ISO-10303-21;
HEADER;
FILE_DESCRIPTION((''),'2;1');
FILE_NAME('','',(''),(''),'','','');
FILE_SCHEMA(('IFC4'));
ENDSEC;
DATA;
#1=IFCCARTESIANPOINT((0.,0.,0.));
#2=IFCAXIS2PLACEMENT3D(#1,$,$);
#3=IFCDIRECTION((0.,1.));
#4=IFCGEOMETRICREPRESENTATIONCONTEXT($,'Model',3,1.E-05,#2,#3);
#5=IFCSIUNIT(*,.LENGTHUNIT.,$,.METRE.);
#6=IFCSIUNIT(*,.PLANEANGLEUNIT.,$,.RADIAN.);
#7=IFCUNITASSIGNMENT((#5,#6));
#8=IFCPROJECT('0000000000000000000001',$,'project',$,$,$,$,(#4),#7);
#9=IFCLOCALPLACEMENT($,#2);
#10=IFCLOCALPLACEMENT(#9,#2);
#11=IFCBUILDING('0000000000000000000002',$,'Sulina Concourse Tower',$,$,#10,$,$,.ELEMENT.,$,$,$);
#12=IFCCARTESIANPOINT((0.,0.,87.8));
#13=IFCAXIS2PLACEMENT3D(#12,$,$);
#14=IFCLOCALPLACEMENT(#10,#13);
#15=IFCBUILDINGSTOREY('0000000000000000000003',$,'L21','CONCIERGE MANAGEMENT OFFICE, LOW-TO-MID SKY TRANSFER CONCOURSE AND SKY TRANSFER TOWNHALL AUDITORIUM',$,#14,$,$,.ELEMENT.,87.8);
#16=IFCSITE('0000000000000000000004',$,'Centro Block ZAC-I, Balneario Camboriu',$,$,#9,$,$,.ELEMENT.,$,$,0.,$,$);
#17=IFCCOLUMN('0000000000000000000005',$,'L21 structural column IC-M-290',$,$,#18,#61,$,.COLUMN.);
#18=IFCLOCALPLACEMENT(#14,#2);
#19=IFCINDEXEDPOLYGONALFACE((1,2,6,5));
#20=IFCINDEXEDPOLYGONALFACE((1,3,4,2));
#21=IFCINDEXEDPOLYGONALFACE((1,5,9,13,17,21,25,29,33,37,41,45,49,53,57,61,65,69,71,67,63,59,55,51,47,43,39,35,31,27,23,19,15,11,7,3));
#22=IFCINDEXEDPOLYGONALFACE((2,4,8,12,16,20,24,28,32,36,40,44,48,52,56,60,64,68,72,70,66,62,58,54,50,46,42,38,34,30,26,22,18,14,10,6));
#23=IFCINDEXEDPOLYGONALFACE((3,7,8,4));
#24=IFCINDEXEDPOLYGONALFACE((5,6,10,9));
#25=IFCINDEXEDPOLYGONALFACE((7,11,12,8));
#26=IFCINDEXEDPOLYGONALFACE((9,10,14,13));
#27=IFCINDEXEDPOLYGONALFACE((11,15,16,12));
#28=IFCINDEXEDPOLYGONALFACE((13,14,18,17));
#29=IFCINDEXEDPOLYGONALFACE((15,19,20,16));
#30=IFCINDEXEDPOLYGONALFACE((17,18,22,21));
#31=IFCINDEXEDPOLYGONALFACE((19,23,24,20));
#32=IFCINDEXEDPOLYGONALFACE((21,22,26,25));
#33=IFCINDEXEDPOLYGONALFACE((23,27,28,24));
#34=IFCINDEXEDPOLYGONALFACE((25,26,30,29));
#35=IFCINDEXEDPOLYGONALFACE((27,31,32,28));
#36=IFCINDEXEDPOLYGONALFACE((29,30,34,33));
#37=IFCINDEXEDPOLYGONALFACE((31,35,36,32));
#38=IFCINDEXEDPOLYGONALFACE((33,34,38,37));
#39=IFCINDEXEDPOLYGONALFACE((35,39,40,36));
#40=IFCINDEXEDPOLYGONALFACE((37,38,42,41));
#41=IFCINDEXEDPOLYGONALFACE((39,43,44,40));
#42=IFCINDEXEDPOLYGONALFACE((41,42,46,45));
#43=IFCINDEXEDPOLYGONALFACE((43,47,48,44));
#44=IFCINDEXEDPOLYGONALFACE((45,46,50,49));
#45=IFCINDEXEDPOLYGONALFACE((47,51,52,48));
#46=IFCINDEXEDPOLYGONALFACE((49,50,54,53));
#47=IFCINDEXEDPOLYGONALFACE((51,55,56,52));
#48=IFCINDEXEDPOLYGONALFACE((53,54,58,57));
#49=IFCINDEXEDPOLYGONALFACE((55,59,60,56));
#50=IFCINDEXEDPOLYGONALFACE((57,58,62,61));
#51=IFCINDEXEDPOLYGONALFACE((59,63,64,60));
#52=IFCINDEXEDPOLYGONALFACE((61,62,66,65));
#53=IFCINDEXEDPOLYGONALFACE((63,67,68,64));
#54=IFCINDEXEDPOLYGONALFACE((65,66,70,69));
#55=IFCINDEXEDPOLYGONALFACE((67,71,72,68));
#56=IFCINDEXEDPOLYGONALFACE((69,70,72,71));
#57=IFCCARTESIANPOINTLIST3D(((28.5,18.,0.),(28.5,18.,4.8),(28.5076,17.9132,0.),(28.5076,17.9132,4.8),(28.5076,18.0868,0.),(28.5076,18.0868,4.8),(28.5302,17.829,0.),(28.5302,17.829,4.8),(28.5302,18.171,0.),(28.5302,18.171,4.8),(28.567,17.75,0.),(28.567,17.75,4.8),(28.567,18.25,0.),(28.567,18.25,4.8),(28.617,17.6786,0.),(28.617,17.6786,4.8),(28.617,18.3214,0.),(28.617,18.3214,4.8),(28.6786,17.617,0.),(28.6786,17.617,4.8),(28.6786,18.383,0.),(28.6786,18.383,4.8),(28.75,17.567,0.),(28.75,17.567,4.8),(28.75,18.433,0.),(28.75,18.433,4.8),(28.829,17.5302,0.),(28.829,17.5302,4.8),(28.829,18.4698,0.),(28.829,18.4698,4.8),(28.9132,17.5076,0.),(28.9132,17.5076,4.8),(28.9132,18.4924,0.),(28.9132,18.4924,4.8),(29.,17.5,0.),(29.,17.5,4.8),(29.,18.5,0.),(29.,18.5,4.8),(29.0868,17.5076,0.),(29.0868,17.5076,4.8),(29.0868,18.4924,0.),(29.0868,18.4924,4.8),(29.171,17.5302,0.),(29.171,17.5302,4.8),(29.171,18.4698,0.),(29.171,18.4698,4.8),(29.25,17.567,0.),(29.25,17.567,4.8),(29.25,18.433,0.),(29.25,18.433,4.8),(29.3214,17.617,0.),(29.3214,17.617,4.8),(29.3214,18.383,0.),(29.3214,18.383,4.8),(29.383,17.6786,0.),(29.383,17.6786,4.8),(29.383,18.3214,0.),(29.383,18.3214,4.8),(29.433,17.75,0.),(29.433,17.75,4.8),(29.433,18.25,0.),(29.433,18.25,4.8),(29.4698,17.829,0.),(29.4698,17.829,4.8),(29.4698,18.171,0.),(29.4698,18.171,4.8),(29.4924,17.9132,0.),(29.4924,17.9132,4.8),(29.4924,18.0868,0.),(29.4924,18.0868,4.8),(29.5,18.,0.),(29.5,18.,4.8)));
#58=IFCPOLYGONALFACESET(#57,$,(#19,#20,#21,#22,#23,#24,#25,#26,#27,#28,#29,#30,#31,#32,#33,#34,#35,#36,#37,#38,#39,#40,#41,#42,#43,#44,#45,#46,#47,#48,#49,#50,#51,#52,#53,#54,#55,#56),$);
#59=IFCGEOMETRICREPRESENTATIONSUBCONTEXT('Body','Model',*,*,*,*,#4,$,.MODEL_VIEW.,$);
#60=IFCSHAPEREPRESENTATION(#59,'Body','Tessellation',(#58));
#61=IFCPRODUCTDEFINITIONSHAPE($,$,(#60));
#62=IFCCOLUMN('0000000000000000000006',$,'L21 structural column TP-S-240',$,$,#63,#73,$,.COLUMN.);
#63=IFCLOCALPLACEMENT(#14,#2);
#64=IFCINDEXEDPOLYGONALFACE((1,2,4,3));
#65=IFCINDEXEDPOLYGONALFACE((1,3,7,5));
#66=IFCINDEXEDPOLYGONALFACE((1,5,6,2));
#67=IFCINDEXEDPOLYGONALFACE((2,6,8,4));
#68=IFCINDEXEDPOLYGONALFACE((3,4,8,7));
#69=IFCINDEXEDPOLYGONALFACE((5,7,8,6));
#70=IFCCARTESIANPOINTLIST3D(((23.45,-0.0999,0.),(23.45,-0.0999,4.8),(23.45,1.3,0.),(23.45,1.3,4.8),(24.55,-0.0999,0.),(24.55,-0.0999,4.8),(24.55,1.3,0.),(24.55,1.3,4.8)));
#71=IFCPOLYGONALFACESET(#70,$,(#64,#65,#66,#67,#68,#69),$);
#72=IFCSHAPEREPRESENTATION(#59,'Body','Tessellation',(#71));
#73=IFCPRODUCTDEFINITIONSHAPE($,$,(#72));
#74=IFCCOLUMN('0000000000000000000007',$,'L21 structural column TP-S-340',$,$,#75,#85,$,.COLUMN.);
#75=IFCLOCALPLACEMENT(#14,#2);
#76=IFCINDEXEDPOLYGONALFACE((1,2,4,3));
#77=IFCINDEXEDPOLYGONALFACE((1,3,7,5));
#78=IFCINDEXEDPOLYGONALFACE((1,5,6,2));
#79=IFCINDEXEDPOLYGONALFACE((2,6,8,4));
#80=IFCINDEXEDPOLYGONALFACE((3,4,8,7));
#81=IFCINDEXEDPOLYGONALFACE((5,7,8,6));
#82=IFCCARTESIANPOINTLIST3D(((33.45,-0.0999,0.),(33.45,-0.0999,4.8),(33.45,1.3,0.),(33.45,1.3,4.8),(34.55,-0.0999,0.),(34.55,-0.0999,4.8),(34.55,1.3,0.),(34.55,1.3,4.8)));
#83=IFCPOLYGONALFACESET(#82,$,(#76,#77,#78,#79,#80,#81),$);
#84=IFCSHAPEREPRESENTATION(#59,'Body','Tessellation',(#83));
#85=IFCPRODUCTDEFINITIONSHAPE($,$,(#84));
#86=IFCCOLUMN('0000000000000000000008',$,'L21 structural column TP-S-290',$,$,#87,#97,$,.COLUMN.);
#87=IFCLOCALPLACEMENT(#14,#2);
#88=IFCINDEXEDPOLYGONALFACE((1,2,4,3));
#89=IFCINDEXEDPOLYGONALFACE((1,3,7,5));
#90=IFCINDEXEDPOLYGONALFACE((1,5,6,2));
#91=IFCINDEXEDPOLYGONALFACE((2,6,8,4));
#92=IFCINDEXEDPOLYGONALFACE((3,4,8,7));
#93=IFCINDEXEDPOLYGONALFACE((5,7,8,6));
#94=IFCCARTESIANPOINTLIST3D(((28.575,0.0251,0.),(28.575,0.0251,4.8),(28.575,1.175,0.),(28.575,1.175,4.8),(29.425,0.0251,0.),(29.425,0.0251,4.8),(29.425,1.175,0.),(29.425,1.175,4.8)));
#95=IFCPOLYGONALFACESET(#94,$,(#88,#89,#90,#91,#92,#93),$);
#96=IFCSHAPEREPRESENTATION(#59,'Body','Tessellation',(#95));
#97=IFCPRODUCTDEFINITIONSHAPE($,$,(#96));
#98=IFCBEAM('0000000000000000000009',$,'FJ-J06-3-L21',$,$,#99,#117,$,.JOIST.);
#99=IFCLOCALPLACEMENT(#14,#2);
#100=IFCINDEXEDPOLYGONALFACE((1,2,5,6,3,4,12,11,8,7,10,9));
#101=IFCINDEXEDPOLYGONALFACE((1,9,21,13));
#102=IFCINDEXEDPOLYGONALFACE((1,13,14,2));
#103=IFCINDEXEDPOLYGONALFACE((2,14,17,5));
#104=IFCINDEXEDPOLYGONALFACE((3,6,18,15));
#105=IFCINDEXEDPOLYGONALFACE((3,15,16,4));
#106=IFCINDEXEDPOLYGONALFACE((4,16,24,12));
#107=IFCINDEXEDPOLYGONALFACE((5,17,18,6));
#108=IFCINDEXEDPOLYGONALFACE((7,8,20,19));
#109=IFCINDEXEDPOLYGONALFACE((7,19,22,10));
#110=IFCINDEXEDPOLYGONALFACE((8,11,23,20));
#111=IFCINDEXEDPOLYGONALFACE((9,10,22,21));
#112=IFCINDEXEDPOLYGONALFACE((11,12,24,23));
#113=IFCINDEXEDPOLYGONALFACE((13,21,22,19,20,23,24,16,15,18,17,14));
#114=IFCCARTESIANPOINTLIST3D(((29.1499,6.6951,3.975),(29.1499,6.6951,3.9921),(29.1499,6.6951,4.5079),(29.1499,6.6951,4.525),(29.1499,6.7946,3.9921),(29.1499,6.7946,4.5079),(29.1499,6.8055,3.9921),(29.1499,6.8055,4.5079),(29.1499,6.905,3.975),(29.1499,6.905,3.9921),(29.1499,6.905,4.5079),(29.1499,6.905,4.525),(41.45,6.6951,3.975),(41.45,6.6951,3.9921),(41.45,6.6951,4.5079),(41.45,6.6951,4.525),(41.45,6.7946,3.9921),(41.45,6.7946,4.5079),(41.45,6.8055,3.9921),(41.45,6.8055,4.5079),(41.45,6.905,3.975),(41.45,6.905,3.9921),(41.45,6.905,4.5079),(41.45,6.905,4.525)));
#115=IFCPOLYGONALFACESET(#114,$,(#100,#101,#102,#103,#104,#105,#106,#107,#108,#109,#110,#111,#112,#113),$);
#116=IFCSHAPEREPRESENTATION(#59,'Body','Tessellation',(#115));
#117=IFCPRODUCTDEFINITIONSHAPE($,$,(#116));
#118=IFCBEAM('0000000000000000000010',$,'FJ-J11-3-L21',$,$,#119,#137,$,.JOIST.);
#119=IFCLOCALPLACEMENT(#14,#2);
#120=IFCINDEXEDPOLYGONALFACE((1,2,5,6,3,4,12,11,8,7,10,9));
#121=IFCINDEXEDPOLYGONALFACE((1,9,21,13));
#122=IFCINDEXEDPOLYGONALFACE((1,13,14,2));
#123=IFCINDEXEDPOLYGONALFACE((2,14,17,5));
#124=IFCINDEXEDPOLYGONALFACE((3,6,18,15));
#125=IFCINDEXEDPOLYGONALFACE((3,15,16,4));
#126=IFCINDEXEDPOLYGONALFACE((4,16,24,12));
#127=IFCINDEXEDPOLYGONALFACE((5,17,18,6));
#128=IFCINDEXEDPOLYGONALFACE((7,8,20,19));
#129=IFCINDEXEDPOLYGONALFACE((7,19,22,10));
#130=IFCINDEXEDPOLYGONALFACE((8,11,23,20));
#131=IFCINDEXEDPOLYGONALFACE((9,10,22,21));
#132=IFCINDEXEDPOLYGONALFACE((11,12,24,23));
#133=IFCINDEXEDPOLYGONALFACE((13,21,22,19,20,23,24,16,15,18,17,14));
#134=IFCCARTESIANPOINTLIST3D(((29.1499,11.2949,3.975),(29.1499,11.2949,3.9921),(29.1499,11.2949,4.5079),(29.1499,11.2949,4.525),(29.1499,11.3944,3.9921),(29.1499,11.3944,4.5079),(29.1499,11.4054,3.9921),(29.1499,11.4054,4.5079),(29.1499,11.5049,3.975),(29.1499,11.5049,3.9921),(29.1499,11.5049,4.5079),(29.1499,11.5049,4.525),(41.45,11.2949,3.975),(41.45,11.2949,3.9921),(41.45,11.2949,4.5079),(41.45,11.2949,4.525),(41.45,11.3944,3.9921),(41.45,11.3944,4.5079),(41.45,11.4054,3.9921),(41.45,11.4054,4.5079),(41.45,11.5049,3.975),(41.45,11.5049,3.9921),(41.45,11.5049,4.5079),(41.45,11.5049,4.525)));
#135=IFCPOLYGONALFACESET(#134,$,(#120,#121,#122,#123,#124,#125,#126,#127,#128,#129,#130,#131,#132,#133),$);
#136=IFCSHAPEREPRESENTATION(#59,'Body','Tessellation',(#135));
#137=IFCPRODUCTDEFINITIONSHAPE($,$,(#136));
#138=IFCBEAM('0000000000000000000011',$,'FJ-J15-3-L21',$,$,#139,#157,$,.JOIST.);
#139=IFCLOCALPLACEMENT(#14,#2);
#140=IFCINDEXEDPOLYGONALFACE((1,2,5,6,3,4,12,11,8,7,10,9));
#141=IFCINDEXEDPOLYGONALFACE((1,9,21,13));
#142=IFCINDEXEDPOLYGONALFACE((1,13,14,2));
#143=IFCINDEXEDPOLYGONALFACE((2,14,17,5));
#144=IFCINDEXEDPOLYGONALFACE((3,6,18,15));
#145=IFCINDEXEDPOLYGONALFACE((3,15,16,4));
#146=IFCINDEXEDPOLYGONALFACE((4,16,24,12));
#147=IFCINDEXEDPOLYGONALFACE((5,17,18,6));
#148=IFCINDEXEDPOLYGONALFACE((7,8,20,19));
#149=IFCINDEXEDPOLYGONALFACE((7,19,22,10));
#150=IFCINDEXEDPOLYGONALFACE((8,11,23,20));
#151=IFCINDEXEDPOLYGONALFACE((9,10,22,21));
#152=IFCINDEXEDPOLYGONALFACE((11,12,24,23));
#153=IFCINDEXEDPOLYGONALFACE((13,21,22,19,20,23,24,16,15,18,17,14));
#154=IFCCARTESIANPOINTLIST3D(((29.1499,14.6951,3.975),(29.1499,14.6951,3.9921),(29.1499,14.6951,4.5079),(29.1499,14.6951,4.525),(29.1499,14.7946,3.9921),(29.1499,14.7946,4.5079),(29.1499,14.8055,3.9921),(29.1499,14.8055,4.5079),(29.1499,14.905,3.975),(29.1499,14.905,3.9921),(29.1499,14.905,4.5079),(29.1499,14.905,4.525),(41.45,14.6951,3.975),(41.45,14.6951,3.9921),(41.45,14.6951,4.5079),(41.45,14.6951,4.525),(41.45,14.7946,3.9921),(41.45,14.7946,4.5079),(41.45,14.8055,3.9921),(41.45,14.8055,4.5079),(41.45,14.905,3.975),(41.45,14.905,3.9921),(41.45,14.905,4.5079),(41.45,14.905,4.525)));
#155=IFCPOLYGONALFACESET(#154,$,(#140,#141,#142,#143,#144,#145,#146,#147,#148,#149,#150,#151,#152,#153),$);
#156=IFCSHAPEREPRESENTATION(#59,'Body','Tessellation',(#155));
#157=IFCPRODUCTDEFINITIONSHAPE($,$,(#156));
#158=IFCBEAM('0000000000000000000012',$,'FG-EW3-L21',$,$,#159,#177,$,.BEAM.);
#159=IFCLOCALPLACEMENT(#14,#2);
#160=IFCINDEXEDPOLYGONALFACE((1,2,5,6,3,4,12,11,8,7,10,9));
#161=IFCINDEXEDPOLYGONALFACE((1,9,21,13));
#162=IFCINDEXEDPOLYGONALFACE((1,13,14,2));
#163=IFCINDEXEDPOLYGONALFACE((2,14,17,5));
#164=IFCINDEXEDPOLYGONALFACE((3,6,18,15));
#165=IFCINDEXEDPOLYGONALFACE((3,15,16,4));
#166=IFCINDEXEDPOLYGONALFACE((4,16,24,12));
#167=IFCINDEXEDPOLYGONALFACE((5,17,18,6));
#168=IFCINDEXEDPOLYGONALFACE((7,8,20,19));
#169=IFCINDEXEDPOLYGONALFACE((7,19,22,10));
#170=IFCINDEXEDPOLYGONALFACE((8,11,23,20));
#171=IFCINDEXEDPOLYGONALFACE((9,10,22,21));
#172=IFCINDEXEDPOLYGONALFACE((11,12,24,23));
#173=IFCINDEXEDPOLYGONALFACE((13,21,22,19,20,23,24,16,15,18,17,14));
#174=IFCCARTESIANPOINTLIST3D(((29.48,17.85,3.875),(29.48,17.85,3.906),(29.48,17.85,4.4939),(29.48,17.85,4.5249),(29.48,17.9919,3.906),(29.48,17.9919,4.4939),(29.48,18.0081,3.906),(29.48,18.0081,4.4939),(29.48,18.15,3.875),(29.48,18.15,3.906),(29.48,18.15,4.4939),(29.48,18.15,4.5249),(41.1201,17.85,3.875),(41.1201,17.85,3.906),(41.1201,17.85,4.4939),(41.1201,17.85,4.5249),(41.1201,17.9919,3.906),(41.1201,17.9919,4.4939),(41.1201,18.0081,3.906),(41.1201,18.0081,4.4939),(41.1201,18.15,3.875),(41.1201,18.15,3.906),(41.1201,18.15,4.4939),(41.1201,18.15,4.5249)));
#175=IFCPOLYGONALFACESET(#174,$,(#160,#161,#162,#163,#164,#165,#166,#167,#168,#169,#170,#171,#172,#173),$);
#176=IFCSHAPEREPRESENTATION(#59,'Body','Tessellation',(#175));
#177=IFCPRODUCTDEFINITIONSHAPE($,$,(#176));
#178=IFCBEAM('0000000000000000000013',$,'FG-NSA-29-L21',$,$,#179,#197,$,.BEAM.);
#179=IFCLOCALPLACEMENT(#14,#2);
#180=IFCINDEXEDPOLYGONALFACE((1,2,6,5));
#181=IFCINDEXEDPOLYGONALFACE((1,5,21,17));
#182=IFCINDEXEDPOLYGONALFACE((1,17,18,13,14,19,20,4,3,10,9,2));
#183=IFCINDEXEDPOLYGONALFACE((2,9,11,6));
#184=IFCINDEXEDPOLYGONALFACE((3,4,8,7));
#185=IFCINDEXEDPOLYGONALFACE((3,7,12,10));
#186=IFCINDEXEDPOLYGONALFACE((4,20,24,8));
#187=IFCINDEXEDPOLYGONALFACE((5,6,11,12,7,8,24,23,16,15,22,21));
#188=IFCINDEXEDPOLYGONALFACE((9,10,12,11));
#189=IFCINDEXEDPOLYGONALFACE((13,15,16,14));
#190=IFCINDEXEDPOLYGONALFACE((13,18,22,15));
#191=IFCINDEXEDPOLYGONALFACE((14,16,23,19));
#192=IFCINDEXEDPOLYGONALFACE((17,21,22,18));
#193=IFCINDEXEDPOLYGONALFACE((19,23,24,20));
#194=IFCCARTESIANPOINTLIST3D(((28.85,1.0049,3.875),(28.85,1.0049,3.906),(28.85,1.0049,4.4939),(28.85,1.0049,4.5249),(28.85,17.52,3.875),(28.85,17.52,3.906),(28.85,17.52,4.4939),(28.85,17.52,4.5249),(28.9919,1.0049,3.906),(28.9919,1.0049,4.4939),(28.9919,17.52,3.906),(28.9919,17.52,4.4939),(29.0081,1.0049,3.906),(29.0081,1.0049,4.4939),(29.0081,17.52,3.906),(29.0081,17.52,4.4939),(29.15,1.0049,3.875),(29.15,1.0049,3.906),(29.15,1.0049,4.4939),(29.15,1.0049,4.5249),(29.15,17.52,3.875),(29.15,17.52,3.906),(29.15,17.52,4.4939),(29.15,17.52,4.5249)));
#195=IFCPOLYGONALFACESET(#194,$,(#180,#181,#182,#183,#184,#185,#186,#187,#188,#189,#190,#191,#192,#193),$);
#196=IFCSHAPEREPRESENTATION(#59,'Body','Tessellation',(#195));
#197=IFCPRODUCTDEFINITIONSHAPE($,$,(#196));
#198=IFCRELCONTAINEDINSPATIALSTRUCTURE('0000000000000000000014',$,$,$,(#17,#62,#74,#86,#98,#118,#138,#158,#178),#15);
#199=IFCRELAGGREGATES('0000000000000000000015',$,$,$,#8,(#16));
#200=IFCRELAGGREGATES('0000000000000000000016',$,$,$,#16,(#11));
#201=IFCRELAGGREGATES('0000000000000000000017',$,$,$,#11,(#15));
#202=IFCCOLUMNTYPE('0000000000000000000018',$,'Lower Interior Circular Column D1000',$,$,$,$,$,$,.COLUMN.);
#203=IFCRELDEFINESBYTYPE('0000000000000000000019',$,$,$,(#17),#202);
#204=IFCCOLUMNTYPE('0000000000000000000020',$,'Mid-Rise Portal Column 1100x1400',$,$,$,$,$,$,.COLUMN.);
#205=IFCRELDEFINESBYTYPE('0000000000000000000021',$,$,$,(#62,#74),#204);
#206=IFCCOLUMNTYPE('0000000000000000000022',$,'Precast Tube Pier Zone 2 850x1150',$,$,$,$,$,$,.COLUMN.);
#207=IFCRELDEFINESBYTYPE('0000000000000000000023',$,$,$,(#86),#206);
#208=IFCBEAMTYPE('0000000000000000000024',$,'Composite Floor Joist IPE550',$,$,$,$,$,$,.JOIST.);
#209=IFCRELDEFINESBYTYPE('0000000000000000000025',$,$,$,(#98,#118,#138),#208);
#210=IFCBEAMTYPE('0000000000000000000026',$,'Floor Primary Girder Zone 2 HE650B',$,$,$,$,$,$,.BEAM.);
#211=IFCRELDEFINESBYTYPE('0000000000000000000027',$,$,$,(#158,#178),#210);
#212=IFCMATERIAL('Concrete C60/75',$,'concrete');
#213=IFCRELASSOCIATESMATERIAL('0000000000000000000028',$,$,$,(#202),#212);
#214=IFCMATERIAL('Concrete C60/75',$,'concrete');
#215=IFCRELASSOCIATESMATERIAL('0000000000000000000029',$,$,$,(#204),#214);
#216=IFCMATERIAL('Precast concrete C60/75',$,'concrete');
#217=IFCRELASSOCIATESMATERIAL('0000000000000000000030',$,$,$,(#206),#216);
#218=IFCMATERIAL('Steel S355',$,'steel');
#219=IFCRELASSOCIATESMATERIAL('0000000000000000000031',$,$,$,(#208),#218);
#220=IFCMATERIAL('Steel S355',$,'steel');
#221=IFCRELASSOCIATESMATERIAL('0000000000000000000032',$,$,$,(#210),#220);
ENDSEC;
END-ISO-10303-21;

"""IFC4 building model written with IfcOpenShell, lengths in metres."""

from ifc_helpers import new_model, si_unit, direction, frame, origin, origin_2d, place, context, subcontext, project, spatial, rectangle, circle, i_section, extrude, material, material_profile, profile_set, type_object, element, save


model = new_model("IFC4")

# Units and contexts
model_context = context("Model", 3, precision=1e-05, world=origin(), true_north=direction((0.0, 1.0)))
body_context = subcontext(model_context, "Body", "Model", "MODEL_VIEW")
ifc_project = project(units=[si_unit("LENGTHUNIT", "METRE"), si_unit("PLANEANGLEUNIT", "RADIAN")], contexts=[model_context])

# Site, building, storey
site_placement = place(None, origin())
site = spatial("IfcSite", under=ifc_project, at=site_placement, Name="Centro Block ZAC-I, Balneario Camboriu", CompositionType="ELEMENT", RefElevation=0.0)
building_placement = place(site_placement, origin())
building = spatial("IfcBuilding", under=site, at=building_placement, Name="Sulina Concourse Tower", CompositionType="ELEMENT")
storey_placement = place(building_placement, frame((0.0, 0.0, 87.8)))
storey = spatial("IfcBuildingStorey", under=building, at=storey_placement, Name="L21", Description="CONCIERGE MANAGEMENT OFFICE, LOW-TO-MID SKY TRANSFER CONCOURSE AND SKY TRANSFER TOWNHALL AUDITORIUM", CompositionType="ELEMENT", Elevation=87.8)

# Columns
ifc_material_1 = material(Name="Concrete C60/75", Category="concrete")
ifc_material_profile_1 = material_profile(ifc_material_1, circle(Radius=0.5, at=origin_2d()), Name="RC D1000")
ifc_profile_set_1 = profile_set([ifc_material_profile_1], Name="Concrete C60/75")
column_type_1 = type_object("IfcColumnType", Name="Lower Interior Circular Column D1000", PredefinedType="COLUMN", material=ifc_profile_set_1)
column_1_placement = place(storey_placement, frame((29.0, 18.0, 0.0), z_axis=(0.0, 0.0, 1.0), x_axis=(1.0, 0.0, 0.0)))
element("IfcColumn", 1, at=column_1_placement, inside=storey, type_object=column_type_1, Name="L21 structural column IC-M-290", PredefinedType="COLUMN", context=body_context, shape_type="SweptSolid", body=[
    extrude(circle(Radius=0.5, at=origin_2d()), origin(), (0.0, 0.0, 1.0), 4.8),
])
ifc_material_2 = material(Name="Concrete C60/75", Category="concrete")
ifc_material_profile_2 = material_profile(ifc_material_2, rectangle(XDim=1.1001, YDim=1.3999, at=origin_2d()), Name="RC 1100x1400")
ifc_profile_set_2 = profile_set([ifc_material_profile_2], Name="Concrete C60/75")
column_type_2 = type_object("IfcColumnType", Name="Mid-Rise Portal Column 1100x1400", PredefinedType="COLUMN", material=ifc_profile_set_2)
for number, where, z_axis, x_axis, name in (
    (2, (24.0, 0.6001, 0.0), (0.0, 0.0, 1.0), (1.0, 0.0, 0.0), "L21 structural column TP-S-240"),
    (3, (34.0, 0.6001, 0.0), (0.0, 0.0, 1.0), (1.0, 0.0, 0.0), "L21 structural column TP-S-340"),
):
    element("IfcColumn", number, at=place(storey_placement, frame(where, z_axis=z_axis, x_axis=x_axis)), inside=storey, type_object=column_type_2, Name=name, PredefinedType="COLUMN", context=body_context, shape_type="SweptSolid", body=[
        extrude(rectangle(XDim=1.1001, YDim=1.3999, at=origin_2d()), origin(), (0.0, 0.0, 1.0), 4.8),
    ])
ifc_material_3 = material(Name="Precast concrete C60/75", Category="concrete")
ifc_material_profile_3 = material_profile(ifc_material_3, rectangle(XDim=0.8501, YDim=1.1499, at=origin_2d()), Name="PC 850x1150")
ifc_profile_set_3 = profile_set([ifc_material_profile_3], Name="Precast concrete C60/75")
column_type_3 = type_object("IfcColumnType", Name="Precast Tube Pier Zone 2 850x1150", PredefinedType="COLUMN", material=ifc_profile_set_3)
column_2_placement = place(storey_placement, frame((29.0, 0.6001, 0.0), z_axis=(0.0, 0.0, 1.0), x_axis=(1.0, 0.0, 0.0)))
element("IfcColumn", 4, at=column_2_placement, inside=storey, type_object=column_type_3, Name="L21 structural column TP-S-290", PredefinedType="COLUMN", context=body_context, shape_type="SweptSolid", body=[
    extrude(rectangle(XDim=0.8501, YDim=1.1499, at=origin_2d()), origin(), (0.0, 0.0, 1.0), 4.8),
])

# Beams
ifc_material_4 = material(Name="Steel S355", Category="steel")
ifc_material_profile_4 = material_profile(ifc_material_4, i_section(OverallWidth=0.21, OverallDepth=0.55, WebThickness=0.011, FlangeThickness=0.0171, at=origin_2d()), Name="IPE 550")
ifc_profile_set_4 = profile_set([ifc_material_profile_4], Name="Steel S355")
beam_type_1 = type_object("IfcBeamType", Name="Composite Floor Joist IPE550", PredefinedType="JOIST", material=ifc_profile_set_4)
for number, where, z_axis, x_axis, name in (
    (5, (29.1499, 6.8, 4.25), (1.0, 0.0, 0.0), (0.0, 1.0, 0.0), "FJ-J06-3-L21"),
    (6, (29.1499, 11.3999, 4.25), (1.0, 0.0, 0.0), (0.0, 1.0, 0.0), "FJ-J11-3-L21"),
    (7, (29.1499, 14.8, 4.25), (1.0, 0.0, 0.0), (0.0, 1.0, 0.0), "FJ-J15-3-L21"),
):
    element("IfcBeam", number, at=place(storey_placement, frame(where, z_axis=z_axis, x_axis=x_axis)), inside=storey, type_object=beam_type_1, Name=name, PredefinedType="JOIST", context=body_context, shape_type="SweptSolid", body=[
        extrude(i_section(OverallWidth=0.21, OverallDepth=0.55, WebThickness=0.011, FlangeThickness=0.0171, at=origin_2d()), origin(), (0.0, 0.0, 1.0), 12.3),
    ])
ifc_material_5 = material(Name="Steel S355", Category="steel")
ifc_material_profile_5 = material_profile(ifc_material_5, i_section(OverallWidth=0.3, OverallDepth=0.6499, WebThickness=0.0161, FlangeThickness=0.031, at=origin_2d()), Name="HE 650 B")
ifc_profile_set_5 = profile_set([ifc_material_profile_5], Name="Steel S355")
beam_type_2 = type_object("IfcBeamType", Name="Floor Primary Girder Zone 2 HE650B", PredefinedType="BEAM", material=ifc_profile_set_5)
beam_1_placement = place(storey_placement, frame((29.48, 18.0, 4.2), z_axis=(1.0, 0.0, 0.0), x_axis=(0.0, 1.0, 0.0)))
element("IfcBeam", 8, at=beam_1_placement, inside=storey, type_object=beam_type_2, Name="FG-EW3-L21", PredefinedType="BEAM", context=body_context, shape_type="SweptSolid", body=[
    extrude(i_section(OverallWidth=0.3, OverallDepth=0.6499, WebThickness=0.0161, FlangeThickness=0.031, at=origin_2d()), origin(), (0.0, 0.0, 1.0), 11.6401),
])
beam_2_placement = place(storey_placement, frame((29.0, 1.0049, 4.2), z_axis=(0.0, 1.0, 0.0), x_axis=(-1.0, 0.0, 0.0)))
element("IfcBeam", 9, at=beam_2_placement, inside=storey, type_object=beam_type_2, Name="FG-NSA-29-L21", PredefinedType="BEAM", context=body_context, shape_type="SweptSolid", body=[
    extrude(i_section(OverallWidth=0.3, OverallDepth=0.6499, WebThickness=0.0161, FlangeThickness=0.031, at=origin_2d()), origin(), (0.0, 0.0, 1.0), 16.5151),
])

save(model, "model.ifc")
